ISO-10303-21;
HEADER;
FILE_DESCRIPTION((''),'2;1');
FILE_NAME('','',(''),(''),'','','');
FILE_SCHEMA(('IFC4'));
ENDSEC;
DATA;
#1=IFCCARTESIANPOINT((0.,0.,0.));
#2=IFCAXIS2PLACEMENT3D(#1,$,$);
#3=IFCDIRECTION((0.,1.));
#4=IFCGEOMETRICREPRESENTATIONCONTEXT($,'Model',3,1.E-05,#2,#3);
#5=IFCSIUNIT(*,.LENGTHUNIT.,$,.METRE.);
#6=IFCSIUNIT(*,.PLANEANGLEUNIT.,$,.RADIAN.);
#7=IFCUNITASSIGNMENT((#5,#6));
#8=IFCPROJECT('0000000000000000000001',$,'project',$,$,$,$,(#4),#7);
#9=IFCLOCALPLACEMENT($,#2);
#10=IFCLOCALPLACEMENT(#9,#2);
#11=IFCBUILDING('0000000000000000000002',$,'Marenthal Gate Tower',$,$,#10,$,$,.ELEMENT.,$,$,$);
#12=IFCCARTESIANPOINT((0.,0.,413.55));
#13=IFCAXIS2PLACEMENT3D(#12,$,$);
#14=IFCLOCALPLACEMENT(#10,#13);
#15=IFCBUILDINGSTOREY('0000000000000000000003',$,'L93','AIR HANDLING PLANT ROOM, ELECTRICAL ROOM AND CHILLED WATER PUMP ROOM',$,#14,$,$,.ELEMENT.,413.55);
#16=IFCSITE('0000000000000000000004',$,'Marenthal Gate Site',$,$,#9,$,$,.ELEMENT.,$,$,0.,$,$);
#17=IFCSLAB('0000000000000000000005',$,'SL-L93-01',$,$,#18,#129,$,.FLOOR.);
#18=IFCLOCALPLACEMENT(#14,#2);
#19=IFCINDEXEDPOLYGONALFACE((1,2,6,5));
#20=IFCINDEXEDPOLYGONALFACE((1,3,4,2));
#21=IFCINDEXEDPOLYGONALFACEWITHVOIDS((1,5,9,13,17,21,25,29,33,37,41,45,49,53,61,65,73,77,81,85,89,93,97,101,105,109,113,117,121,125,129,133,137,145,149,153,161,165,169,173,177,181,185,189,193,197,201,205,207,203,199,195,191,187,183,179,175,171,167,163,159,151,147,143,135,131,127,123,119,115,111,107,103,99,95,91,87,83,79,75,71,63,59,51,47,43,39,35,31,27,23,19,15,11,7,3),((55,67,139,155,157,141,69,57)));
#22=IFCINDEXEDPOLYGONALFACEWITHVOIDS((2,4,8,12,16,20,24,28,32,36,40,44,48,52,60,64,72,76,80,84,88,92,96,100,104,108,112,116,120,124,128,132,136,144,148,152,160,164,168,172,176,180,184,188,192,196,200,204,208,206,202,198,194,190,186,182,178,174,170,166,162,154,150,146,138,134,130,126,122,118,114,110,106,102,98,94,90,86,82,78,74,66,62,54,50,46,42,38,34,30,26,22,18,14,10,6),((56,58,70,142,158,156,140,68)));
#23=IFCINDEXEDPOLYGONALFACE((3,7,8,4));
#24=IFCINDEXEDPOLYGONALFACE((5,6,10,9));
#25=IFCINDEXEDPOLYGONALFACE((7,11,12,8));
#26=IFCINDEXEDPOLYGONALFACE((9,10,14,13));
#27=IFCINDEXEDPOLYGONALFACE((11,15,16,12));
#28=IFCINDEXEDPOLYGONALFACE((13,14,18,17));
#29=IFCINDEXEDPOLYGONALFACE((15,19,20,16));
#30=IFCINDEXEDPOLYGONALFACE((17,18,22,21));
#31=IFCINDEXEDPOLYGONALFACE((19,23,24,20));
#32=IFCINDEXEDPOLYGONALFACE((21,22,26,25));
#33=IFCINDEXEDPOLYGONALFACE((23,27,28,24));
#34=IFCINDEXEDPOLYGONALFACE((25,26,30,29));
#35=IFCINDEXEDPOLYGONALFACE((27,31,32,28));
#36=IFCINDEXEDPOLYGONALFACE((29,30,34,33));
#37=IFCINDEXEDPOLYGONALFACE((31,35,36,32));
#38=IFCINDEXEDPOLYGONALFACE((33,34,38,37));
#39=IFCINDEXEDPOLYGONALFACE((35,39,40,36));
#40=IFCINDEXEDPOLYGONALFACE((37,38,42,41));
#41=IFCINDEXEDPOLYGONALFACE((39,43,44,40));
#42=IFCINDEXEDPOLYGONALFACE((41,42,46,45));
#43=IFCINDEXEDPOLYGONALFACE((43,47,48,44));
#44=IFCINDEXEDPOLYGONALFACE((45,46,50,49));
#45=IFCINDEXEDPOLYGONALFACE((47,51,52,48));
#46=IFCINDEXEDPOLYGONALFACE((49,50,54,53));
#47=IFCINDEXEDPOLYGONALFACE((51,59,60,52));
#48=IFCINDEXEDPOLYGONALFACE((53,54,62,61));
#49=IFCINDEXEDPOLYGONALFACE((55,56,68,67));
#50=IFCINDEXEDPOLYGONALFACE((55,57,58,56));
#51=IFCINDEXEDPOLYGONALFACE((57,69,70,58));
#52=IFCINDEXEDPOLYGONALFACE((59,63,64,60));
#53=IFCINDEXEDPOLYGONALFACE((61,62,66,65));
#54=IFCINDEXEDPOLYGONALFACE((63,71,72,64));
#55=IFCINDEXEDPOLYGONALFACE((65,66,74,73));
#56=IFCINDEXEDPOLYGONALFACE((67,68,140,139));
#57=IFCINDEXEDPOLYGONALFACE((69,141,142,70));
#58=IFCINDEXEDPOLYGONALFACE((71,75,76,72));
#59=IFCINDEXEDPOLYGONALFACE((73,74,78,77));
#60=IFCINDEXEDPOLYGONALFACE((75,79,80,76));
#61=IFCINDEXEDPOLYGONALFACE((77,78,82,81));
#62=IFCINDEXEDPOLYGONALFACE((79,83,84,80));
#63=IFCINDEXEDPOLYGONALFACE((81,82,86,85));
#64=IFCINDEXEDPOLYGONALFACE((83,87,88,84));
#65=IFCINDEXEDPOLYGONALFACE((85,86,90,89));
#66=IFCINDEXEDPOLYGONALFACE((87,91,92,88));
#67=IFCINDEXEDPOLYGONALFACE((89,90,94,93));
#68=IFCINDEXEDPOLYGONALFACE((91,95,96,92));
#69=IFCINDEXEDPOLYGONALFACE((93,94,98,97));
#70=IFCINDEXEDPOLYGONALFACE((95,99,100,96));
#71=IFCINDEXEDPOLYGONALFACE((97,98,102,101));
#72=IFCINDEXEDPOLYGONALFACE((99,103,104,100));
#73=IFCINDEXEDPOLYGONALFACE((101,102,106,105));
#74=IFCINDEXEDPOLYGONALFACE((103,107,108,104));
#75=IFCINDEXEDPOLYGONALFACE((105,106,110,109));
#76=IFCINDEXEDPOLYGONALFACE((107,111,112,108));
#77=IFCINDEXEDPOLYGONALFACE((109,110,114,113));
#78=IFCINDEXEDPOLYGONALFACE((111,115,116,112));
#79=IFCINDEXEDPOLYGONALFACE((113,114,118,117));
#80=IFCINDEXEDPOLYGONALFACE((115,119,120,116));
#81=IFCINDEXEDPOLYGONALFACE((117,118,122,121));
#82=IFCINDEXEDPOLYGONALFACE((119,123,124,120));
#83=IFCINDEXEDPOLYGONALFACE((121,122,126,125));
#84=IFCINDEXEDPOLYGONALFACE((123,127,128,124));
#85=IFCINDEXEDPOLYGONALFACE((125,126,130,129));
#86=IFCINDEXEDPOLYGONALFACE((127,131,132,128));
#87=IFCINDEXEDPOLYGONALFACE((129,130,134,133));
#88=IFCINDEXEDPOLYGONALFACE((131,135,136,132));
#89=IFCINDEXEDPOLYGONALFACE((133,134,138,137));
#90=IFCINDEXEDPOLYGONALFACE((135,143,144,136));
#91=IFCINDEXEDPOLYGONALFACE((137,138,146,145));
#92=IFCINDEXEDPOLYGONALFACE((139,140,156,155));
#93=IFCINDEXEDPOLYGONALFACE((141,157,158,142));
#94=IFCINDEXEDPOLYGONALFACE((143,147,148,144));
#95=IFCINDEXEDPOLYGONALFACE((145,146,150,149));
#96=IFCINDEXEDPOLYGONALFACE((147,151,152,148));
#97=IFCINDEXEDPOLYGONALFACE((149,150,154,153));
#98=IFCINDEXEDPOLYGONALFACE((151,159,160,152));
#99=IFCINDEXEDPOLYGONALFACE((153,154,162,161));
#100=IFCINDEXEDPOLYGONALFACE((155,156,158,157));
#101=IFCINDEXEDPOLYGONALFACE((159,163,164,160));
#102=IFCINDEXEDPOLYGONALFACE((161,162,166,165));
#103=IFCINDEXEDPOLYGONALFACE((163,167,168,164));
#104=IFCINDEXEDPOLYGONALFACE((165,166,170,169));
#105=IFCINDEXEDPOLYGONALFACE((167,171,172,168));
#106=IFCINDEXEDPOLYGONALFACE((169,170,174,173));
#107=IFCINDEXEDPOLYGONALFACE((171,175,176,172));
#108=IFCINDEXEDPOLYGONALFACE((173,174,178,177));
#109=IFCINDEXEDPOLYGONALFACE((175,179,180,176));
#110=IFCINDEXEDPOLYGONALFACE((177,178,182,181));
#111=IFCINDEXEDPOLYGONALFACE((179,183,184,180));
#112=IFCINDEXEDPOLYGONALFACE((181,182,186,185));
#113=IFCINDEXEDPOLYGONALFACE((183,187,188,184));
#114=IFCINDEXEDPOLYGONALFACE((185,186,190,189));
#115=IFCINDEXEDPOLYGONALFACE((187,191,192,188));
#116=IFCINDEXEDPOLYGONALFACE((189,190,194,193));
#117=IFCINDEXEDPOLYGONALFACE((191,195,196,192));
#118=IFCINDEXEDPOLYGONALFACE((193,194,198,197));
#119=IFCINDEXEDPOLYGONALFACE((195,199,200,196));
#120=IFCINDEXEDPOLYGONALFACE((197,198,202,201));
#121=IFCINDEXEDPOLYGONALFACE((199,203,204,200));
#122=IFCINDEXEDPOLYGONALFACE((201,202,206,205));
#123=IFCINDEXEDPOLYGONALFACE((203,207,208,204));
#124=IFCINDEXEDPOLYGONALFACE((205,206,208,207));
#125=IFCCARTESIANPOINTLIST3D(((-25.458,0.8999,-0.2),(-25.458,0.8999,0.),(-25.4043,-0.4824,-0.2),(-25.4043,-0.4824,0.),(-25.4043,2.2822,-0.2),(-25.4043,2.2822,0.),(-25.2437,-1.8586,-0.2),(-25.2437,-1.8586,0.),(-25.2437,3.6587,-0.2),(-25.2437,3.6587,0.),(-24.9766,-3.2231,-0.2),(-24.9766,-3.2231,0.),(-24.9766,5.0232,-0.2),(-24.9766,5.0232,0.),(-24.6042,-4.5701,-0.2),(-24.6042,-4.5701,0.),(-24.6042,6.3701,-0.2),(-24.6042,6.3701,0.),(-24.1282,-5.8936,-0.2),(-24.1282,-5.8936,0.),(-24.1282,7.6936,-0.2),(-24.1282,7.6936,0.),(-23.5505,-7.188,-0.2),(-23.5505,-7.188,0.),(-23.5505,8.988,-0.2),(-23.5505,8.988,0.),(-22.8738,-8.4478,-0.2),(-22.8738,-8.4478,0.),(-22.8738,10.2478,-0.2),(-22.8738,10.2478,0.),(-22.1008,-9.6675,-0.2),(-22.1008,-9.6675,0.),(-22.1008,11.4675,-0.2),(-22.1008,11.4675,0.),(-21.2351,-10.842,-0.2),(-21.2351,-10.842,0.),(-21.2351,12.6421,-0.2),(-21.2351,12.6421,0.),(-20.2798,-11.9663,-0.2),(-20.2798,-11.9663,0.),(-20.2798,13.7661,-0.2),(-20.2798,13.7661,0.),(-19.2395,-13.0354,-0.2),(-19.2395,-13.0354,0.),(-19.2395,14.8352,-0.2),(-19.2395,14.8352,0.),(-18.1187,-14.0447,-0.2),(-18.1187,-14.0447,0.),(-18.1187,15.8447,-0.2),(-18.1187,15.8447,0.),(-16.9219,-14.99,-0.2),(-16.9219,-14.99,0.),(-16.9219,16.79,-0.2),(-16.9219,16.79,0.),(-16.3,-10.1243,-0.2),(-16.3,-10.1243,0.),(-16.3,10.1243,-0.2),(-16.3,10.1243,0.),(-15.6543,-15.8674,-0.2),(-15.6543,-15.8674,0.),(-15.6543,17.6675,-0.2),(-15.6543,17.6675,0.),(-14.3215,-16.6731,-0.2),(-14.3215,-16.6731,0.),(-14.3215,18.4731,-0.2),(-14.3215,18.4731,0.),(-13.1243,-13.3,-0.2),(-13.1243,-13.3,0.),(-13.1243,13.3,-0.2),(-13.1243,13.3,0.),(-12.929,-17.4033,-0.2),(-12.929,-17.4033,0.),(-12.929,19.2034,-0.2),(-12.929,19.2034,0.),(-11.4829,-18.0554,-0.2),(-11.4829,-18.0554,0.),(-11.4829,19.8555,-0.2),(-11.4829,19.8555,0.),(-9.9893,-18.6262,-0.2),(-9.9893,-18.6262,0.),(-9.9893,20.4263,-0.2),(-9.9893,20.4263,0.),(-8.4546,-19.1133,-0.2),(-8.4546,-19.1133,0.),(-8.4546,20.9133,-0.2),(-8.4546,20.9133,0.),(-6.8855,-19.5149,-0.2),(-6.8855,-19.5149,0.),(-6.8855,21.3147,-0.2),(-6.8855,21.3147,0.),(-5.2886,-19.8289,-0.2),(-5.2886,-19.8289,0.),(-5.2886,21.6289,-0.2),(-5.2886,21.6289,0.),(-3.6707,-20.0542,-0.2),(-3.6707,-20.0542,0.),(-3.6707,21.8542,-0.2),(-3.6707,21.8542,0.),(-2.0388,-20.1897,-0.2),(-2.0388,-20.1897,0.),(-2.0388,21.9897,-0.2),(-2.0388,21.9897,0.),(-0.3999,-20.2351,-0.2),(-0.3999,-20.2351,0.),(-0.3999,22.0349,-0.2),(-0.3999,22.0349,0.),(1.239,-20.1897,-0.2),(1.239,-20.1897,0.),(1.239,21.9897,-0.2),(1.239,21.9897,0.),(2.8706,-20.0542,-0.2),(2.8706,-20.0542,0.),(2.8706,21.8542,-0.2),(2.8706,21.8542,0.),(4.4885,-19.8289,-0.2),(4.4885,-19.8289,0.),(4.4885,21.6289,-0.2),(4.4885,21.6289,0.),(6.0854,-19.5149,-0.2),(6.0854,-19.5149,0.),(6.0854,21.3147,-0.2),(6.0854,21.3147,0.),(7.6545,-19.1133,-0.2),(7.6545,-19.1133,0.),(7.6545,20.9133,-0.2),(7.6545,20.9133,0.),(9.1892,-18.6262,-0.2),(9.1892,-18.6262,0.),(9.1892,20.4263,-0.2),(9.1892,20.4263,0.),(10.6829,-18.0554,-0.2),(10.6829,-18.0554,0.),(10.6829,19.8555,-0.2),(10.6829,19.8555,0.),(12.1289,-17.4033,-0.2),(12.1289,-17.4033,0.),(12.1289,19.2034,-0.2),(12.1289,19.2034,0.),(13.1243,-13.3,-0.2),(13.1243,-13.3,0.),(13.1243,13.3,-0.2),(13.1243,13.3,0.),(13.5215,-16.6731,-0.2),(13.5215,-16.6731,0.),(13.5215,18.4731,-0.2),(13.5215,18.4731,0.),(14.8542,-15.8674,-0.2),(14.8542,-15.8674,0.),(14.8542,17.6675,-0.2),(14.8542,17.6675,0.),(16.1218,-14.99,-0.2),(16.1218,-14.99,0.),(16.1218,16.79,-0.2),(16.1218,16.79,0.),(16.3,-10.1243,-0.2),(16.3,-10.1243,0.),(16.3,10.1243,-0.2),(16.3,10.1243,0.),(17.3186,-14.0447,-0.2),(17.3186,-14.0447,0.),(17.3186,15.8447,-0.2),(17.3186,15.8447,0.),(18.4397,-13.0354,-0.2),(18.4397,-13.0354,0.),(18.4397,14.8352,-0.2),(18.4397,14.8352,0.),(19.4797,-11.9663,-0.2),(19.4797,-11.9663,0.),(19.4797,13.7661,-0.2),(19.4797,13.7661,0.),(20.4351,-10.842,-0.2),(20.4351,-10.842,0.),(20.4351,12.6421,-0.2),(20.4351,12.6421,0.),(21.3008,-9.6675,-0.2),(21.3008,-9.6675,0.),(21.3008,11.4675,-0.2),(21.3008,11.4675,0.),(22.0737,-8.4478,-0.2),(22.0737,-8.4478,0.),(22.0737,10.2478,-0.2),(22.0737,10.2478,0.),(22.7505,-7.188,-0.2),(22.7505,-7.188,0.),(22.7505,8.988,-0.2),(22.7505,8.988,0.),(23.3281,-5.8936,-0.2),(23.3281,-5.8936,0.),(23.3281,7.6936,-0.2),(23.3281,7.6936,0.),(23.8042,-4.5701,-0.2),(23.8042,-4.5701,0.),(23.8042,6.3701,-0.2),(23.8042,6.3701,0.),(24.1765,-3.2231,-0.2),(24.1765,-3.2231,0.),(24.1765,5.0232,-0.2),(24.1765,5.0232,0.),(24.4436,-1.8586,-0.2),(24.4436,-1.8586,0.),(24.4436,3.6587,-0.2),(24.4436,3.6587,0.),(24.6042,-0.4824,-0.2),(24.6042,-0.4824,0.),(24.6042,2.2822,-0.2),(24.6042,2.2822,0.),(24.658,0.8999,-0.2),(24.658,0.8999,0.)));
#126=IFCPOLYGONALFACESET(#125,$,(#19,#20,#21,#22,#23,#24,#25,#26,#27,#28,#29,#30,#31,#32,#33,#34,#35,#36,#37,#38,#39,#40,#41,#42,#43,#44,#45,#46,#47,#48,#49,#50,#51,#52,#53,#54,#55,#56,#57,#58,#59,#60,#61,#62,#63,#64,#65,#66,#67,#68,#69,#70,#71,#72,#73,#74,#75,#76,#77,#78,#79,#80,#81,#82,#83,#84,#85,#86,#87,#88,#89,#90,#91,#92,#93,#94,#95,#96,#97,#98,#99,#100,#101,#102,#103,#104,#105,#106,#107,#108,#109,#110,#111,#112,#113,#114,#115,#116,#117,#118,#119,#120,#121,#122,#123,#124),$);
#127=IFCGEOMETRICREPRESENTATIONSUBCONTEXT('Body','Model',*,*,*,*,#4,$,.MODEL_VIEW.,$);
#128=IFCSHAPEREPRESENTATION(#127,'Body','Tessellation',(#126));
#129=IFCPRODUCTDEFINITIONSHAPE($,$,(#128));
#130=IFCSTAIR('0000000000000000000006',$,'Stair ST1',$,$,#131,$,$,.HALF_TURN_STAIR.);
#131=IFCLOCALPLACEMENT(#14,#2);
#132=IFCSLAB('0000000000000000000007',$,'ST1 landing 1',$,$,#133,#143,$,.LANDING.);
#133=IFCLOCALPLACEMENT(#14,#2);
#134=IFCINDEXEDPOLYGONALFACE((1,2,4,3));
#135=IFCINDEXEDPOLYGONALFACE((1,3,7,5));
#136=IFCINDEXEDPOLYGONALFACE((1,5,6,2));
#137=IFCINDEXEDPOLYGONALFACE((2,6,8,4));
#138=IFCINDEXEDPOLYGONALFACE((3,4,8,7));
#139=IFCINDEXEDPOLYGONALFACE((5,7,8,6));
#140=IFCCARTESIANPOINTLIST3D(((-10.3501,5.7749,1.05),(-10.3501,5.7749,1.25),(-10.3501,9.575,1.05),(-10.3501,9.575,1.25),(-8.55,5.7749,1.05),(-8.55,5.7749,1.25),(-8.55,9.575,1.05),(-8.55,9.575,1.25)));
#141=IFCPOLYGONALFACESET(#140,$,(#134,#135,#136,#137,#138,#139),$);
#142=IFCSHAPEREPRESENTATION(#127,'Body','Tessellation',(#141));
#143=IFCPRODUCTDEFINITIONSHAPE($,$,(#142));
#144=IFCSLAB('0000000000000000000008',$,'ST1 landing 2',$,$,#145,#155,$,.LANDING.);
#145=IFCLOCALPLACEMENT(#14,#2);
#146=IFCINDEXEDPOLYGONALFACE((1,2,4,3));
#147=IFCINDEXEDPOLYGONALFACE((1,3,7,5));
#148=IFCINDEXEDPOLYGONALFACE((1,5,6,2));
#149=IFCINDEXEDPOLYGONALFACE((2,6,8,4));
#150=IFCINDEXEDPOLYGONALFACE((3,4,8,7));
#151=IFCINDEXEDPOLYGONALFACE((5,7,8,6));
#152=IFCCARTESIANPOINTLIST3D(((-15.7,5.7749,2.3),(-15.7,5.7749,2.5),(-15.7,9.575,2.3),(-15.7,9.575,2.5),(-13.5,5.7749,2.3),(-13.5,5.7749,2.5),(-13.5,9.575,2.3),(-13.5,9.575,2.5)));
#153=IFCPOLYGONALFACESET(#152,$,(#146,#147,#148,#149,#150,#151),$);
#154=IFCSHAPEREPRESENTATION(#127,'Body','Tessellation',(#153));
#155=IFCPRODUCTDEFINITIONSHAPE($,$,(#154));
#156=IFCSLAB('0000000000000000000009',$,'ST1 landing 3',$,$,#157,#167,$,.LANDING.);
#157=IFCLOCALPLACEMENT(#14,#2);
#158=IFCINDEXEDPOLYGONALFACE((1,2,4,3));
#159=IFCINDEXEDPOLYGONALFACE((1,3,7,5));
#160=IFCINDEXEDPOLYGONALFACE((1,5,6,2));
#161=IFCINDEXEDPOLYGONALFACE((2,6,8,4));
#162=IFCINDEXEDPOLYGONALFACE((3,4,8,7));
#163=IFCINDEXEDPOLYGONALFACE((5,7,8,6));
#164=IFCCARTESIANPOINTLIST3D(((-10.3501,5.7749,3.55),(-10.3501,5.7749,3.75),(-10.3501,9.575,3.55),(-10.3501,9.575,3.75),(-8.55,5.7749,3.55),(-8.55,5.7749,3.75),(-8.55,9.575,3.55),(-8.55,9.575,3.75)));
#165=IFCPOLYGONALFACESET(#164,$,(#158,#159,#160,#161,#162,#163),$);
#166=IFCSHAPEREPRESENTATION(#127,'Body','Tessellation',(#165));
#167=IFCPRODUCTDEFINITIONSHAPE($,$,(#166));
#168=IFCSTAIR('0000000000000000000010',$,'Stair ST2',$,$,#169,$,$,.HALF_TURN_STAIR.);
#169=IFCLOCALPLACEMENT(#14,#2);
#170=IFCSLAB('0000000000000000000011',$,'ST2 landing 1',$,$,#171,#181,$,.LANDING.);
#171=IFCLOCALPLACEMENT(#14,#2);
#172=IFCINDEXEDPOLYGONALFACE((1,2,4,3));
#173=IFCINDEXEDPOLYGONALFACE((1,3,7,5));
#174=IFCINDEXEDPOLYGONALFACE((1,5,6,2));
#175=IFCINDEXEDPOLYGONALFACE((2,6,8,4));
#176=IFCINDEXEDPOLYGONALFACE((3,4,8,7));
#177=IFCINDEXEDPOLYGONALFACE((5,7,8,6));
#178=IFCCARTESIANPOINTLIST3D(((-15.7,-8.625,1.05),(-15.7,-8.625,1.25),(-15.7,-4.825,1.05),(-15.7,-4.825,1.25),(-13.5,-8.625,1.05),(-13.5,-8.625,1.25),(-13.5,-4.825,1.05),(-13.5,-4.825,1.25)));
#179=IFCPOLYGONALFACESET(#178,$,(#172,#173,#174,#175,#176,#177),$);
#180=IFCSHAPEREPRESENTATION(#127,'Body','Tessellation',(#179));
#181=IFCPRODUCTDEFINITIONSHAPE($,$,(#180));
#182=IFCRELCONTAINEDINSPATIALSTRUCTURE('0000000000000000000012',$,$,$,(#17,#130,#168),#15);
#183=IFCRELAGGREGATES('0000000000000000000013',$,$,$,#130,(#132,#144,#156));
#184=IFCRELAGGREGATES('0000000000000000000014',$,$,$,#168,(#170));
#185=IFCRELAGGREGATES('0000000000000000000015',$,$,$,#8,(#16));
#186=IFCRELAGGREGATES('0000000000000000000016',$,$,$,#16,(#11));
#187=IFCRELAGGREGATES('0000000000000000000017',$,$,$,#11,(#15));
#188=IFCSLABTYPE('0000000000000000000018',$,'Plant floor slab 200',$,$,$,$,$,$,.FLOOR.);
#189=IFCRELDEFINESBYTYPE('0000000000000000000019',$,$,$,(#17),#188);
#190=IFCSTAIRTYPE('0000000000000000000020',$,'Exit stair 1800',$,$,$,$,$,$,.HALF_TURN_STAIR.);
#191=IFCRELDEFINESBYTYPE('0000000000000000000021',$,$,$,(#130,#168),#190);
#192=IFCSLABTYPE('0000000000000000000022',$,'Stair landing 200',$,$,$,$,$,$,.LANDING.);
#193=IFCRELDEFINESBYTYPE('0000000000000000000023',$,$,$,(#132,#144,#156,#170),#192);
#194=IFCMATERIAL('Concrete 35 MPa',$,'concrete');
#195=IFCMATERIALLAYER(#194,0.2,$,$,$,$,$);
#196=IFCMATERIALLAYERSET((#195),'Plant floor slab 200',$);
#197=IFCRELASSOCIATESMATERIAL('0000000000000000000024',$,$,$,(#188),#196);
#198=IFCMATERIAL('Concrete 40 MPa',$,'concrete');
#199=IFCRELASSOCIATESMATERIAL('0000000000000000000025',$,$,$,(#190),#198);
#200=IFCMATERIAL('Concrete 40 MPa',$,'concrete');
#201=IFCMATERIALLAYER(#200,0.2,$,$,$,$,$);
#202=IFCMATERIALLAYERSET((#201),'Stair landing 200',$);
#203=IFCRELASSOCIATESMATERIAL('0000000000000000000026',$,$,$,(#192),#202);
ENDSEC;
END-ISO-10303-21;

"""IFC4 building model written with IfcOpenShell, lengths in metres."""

from ifc_helpers import new_model, si_unit, direction, frame, origin, place, context, subcontext, project, spatial, polyline, outline, extrude, material, layer, layer_set, type_object, element, aggregate, save


model = new_model("IFC4")

# Units and contexts
model_context = context("Model", 3, precision=1e-05, world=origin(), true_north=direction((0.0, 1.0)))
body_context = subcontext(model_context, "Body", "Model", "MODEL_VIEW")
ifc_project = project(units=[si_unit("LENGTHUNIT", "METRE"), si_unit("PLANEANGLEUNIT", "RADIAN")], contexts=[model_context])

# Site, building, storey
site_placement = place(None, origin())
site = spatial("IfcSite", under=ifc_project, at=site_placement, Name="Marenthal Gate Site", CompositionType="ELEMENT", RefElevation=0.0)
building_placement = place(site_placement, origin())
building = spatial("IfcBuilding", under=site, at=building_placement, Name="Marenthal Gate Tower", CompositionType="ELEMENT")
storey_placement = place(building_placement, frame((0.0, 0.0, 413.55)))
storey = spatial("IfcBuildingStorey", under=building, at=storey_placement, Name="L93", Description="AIR HANDLING PLANT ROOM, ELECTRICAL ROOM AND CHILLED WATER PUMP ROOM", CompositionType="ELEMENT", Elevation=413.55)

# Slab
ifc_material_1 = material(Name="Concrete 35 MPa", Category="concrete")
ifc_layer_1 = layer(ifc_material_1, 0.2)
ifc_layer_set_1 = layer_set([ifc_layer_1], Name="Plant floor slab 200")
slab_type_1 = type_object("IfcSlabType", Name="Plant floor slab 200", PredefinedType="FLOOR", material=ifc_layer_set_1)
slab_1_placement = place(storey_placement, frame((0.0, 0.0, -0.2)))
element("IfcSlab", 1, at=slab_1_placement, inside=storey, type_object=slab_type_1, Name="SL-L93-01", PredefinedType="FLOOR", context=body_context, shape_type="SweptSolid", body=[
    extrude(outline(polyline([(24.658, 0.8999), (24.6042, 2.2822), (24.4436, 3.6587), (24.1765, 5.0232), (23.8042, 6.3701), (23.3281, 7.6936), (22.7505, 8.988), (22.0737, 10.2478), (21.3008, 11.4675), (20.4351, 12.6421), (19.4797, 13.7661), (18.4397, 14.8352), (17.3186, 15.8447), (16.1218, 16.79), (14.8542, 17.6675), (13.5215, 18.4731), (12.1289, 19.2034), (10.6829, 19.8555), (9.1892, 20.4263), (7.6545, 20.9133), (6.0854, 21.3147), (4.4885, 21.6289), (2.8706, 21.8542), (1.239, 21.9897), (-0.3999, 22.0349), (-2.0388, 21.9897), (-3.6707, 21.8542), (-5.2886, 21.6289), (-6.8855, 21.3147), (-8.4546, 20.9133), (-9.9893, 20.4263), (-11.4829, 19.8555), (-12.929, 19.2034), (-14.3215, 18.4731), (-15.6543, 17.6675), (-16.9219, 16.79), (-18.1187, 15.8447), (-19.2395, 14.8352), (-20.2798, 13.7661), (-21.2351, 12.6421), (-22.1008, 11.4675), (-22.8738, 10.2478), (-23.5505, 8.988), (-24.1282, 7.6936), (-24.6042, 6.3701), (-24.9766, 5.0232), (-25.2437, 3.6587), (-25.4043, 2.2822), (-25.458, 0.8999), (-25.4043, -0.4824), (-25.2437, -1.8586), (-24.9766, -3.2231), (-24.6042, -4.5701), (-24.1282, -5.8936), (-23.5505, -7.188), (-22.8738, -8.4478), (-22.1008, -9.6675), (-21.2351, -10.842), (-20.2798, -11.9663), (-19.2395, -13.0354), (-18.1187, -14.0447), (-16.9219, -14.99), (-15.6543, -15.8674), (-14.3215, -16.6731), (-12.929, -17.4033), (-11.4829, -18.0554), (-9.9893, -18.6262), (-8.4546, -19.1133), (-6.8855, -19.5149), (-5.2886, -19.8289), (-3.6707, -20.0542), (-2.0388, -20.1897), (-0.3999, -20.2351), (1.239, -20.1897), (2.8706, -20.0542), (4.4885, -19.8289), (6.0854, -19.5149), (7.6545, -19.1133), (9.1892, -18.6262), (10.6829, -18.0554), (12.1289, -17.4033), (13.5215, -16.6731), (14.8542, -15.8674), (16.1218, -14.99), (17.3186, -14.0447), (18.4397, -13.0354), (19.4797, -11.9663), (20.4351, -10.842), (21.3008, -9.6675), (22.0737, -8.4478), (22.7505, -7.188), (23.3281, -5.8936), (23.8042, -4.5701), (24.1765, -3.2231), (24.4436, -1.8586), (24.6042, -0.4824), (24.658, 0.8999)]), holes=[polyline([(13.1243, -13.3), (16.3, -10.1243), (16.3, 10.1243), (13.1243, 13.3), (-13.1243, 13.3), (-16.3, 10.1243), (-16.3, -10.1243), (-13.1243, -13.3), (13.1243, -13.3)])]), origin(), (0.0, 0.0, 1.0), 0.2),
])

# Stair, slabs
ifc_material_2 = material(Name="Concrete 40 MPa", Category="concrete")
stair_type = type_object("IfcStairType", Name="Exit stair 1800", PredefinedType="HALF_TURN_STAIR", material=ifc_material_2)
stair_1_placement = place(storey_placement, origin())
stair_1 = element("IfcStair", 2, at=stair_1_placement, inside=storey, type_object=stair_type, Name="Stair ST1", PredefinedType="HALF_TURN_STAIR")
ifc_material_3 = material(Name="Concrete 40 MPa", Category="concrete")
ifc_layer_2 = layer(ifc_material_3, 0.2)
ifc_layer_set_2 = layer_set([ifc_layer_2], Name="Stair landing 200")
slab_type_2 = type_object("IfcSlabType", Name="Stair landing 200", PredefinedType="LANDING", material=ifc_layer_set_2)
slab_2_placement = place(storey_placement, frame((0.0, 0.0, 1.05)))
slab_2 = element("IfcSlab", 3, at=slab_2_placement, type_object=slab_type_2, Name="ST1 landing 1", PredefinedType="LANDING", context=body_context, shape_type="SweptSolid", body=[
    extrude(outline(polyline([(-10.3501, 5.7749), (-8.55, 5.7749), (-8.55, 9.575), (-10.3501, 9.575), (-10.3501, 5.7749)])), origin(), (0.0, 0.0, 1.0), 0.2),
])
slab_3_placement = place(storey_placement, frame((0.0, 0.0, 2.3)))
slab_3 = element("IfcSlab", 4, at=slab_3_placement, type_object=slab_type_2, Name="ST1 landing 2", PredefinedType="LANDING", context=body_context, shape_type="SweptSolid", body=[
    extrude(outline(polyline([(-15.7, 5.7749), (-13.5, 5.7749), (-13.5, 9.575), (-15.7, 9.575), (-15.7, 5.7749)])), origin(), (0.0, 0.0, 1.0), 0.2),
])
slab_4_placement = place(storey_placement, frame((0.0, 0.0, 3.55)))
slab_4 = element("IfcSlab", 5, at=slab_4_placement, type_object=slab_type_2, Name="ST1 landing 3", PredefinedType="LANDING", context=body_context, shape_type="SweptSolid", body=[
    extrude(outline(polyline([(-10.3501, 5.7749), (-8.55, 5.7749), (-8.55, 9.575), (-10.3501, 9.575), (-10.3501, 5.7749)])), origin(), (0.0, 0.0, 1.0), 0.2),
])
aggregate(stair_1, [slab_2, slab_3, slab_4])

# Stair, slab
stair_2_placement = place(storey_placement, origin())
stair_2 = element("IfcStair", 6, at=stair_2_placement, inside=storey, type_object=stair_type, Name="Stair ST2", PredefinedType="HALF_TURN_STAIR")
slab_5_placement = place(storey_placement, frame((0.0, 0.0, 1.05)))
slab_5 = element("IfcSlab", 7, at=slab_5_placement, type_object=slab_type_2, Name="ST2 landing 1", PredefinedType="LANDING", context=body_context, shape_type="SweptSolid", body=[
    extrude(outline(polyline([(-15.7, -8.625), (-13.5, -8.625), (-13.5, -4.825), (-15.7, -4.825), (-15.7, -8.625)])), origin(), (0.0, 0.0, 1.0), 0.2),
])
aggregate(stair_2, [slab_5])

save(model, "model.ifc")
